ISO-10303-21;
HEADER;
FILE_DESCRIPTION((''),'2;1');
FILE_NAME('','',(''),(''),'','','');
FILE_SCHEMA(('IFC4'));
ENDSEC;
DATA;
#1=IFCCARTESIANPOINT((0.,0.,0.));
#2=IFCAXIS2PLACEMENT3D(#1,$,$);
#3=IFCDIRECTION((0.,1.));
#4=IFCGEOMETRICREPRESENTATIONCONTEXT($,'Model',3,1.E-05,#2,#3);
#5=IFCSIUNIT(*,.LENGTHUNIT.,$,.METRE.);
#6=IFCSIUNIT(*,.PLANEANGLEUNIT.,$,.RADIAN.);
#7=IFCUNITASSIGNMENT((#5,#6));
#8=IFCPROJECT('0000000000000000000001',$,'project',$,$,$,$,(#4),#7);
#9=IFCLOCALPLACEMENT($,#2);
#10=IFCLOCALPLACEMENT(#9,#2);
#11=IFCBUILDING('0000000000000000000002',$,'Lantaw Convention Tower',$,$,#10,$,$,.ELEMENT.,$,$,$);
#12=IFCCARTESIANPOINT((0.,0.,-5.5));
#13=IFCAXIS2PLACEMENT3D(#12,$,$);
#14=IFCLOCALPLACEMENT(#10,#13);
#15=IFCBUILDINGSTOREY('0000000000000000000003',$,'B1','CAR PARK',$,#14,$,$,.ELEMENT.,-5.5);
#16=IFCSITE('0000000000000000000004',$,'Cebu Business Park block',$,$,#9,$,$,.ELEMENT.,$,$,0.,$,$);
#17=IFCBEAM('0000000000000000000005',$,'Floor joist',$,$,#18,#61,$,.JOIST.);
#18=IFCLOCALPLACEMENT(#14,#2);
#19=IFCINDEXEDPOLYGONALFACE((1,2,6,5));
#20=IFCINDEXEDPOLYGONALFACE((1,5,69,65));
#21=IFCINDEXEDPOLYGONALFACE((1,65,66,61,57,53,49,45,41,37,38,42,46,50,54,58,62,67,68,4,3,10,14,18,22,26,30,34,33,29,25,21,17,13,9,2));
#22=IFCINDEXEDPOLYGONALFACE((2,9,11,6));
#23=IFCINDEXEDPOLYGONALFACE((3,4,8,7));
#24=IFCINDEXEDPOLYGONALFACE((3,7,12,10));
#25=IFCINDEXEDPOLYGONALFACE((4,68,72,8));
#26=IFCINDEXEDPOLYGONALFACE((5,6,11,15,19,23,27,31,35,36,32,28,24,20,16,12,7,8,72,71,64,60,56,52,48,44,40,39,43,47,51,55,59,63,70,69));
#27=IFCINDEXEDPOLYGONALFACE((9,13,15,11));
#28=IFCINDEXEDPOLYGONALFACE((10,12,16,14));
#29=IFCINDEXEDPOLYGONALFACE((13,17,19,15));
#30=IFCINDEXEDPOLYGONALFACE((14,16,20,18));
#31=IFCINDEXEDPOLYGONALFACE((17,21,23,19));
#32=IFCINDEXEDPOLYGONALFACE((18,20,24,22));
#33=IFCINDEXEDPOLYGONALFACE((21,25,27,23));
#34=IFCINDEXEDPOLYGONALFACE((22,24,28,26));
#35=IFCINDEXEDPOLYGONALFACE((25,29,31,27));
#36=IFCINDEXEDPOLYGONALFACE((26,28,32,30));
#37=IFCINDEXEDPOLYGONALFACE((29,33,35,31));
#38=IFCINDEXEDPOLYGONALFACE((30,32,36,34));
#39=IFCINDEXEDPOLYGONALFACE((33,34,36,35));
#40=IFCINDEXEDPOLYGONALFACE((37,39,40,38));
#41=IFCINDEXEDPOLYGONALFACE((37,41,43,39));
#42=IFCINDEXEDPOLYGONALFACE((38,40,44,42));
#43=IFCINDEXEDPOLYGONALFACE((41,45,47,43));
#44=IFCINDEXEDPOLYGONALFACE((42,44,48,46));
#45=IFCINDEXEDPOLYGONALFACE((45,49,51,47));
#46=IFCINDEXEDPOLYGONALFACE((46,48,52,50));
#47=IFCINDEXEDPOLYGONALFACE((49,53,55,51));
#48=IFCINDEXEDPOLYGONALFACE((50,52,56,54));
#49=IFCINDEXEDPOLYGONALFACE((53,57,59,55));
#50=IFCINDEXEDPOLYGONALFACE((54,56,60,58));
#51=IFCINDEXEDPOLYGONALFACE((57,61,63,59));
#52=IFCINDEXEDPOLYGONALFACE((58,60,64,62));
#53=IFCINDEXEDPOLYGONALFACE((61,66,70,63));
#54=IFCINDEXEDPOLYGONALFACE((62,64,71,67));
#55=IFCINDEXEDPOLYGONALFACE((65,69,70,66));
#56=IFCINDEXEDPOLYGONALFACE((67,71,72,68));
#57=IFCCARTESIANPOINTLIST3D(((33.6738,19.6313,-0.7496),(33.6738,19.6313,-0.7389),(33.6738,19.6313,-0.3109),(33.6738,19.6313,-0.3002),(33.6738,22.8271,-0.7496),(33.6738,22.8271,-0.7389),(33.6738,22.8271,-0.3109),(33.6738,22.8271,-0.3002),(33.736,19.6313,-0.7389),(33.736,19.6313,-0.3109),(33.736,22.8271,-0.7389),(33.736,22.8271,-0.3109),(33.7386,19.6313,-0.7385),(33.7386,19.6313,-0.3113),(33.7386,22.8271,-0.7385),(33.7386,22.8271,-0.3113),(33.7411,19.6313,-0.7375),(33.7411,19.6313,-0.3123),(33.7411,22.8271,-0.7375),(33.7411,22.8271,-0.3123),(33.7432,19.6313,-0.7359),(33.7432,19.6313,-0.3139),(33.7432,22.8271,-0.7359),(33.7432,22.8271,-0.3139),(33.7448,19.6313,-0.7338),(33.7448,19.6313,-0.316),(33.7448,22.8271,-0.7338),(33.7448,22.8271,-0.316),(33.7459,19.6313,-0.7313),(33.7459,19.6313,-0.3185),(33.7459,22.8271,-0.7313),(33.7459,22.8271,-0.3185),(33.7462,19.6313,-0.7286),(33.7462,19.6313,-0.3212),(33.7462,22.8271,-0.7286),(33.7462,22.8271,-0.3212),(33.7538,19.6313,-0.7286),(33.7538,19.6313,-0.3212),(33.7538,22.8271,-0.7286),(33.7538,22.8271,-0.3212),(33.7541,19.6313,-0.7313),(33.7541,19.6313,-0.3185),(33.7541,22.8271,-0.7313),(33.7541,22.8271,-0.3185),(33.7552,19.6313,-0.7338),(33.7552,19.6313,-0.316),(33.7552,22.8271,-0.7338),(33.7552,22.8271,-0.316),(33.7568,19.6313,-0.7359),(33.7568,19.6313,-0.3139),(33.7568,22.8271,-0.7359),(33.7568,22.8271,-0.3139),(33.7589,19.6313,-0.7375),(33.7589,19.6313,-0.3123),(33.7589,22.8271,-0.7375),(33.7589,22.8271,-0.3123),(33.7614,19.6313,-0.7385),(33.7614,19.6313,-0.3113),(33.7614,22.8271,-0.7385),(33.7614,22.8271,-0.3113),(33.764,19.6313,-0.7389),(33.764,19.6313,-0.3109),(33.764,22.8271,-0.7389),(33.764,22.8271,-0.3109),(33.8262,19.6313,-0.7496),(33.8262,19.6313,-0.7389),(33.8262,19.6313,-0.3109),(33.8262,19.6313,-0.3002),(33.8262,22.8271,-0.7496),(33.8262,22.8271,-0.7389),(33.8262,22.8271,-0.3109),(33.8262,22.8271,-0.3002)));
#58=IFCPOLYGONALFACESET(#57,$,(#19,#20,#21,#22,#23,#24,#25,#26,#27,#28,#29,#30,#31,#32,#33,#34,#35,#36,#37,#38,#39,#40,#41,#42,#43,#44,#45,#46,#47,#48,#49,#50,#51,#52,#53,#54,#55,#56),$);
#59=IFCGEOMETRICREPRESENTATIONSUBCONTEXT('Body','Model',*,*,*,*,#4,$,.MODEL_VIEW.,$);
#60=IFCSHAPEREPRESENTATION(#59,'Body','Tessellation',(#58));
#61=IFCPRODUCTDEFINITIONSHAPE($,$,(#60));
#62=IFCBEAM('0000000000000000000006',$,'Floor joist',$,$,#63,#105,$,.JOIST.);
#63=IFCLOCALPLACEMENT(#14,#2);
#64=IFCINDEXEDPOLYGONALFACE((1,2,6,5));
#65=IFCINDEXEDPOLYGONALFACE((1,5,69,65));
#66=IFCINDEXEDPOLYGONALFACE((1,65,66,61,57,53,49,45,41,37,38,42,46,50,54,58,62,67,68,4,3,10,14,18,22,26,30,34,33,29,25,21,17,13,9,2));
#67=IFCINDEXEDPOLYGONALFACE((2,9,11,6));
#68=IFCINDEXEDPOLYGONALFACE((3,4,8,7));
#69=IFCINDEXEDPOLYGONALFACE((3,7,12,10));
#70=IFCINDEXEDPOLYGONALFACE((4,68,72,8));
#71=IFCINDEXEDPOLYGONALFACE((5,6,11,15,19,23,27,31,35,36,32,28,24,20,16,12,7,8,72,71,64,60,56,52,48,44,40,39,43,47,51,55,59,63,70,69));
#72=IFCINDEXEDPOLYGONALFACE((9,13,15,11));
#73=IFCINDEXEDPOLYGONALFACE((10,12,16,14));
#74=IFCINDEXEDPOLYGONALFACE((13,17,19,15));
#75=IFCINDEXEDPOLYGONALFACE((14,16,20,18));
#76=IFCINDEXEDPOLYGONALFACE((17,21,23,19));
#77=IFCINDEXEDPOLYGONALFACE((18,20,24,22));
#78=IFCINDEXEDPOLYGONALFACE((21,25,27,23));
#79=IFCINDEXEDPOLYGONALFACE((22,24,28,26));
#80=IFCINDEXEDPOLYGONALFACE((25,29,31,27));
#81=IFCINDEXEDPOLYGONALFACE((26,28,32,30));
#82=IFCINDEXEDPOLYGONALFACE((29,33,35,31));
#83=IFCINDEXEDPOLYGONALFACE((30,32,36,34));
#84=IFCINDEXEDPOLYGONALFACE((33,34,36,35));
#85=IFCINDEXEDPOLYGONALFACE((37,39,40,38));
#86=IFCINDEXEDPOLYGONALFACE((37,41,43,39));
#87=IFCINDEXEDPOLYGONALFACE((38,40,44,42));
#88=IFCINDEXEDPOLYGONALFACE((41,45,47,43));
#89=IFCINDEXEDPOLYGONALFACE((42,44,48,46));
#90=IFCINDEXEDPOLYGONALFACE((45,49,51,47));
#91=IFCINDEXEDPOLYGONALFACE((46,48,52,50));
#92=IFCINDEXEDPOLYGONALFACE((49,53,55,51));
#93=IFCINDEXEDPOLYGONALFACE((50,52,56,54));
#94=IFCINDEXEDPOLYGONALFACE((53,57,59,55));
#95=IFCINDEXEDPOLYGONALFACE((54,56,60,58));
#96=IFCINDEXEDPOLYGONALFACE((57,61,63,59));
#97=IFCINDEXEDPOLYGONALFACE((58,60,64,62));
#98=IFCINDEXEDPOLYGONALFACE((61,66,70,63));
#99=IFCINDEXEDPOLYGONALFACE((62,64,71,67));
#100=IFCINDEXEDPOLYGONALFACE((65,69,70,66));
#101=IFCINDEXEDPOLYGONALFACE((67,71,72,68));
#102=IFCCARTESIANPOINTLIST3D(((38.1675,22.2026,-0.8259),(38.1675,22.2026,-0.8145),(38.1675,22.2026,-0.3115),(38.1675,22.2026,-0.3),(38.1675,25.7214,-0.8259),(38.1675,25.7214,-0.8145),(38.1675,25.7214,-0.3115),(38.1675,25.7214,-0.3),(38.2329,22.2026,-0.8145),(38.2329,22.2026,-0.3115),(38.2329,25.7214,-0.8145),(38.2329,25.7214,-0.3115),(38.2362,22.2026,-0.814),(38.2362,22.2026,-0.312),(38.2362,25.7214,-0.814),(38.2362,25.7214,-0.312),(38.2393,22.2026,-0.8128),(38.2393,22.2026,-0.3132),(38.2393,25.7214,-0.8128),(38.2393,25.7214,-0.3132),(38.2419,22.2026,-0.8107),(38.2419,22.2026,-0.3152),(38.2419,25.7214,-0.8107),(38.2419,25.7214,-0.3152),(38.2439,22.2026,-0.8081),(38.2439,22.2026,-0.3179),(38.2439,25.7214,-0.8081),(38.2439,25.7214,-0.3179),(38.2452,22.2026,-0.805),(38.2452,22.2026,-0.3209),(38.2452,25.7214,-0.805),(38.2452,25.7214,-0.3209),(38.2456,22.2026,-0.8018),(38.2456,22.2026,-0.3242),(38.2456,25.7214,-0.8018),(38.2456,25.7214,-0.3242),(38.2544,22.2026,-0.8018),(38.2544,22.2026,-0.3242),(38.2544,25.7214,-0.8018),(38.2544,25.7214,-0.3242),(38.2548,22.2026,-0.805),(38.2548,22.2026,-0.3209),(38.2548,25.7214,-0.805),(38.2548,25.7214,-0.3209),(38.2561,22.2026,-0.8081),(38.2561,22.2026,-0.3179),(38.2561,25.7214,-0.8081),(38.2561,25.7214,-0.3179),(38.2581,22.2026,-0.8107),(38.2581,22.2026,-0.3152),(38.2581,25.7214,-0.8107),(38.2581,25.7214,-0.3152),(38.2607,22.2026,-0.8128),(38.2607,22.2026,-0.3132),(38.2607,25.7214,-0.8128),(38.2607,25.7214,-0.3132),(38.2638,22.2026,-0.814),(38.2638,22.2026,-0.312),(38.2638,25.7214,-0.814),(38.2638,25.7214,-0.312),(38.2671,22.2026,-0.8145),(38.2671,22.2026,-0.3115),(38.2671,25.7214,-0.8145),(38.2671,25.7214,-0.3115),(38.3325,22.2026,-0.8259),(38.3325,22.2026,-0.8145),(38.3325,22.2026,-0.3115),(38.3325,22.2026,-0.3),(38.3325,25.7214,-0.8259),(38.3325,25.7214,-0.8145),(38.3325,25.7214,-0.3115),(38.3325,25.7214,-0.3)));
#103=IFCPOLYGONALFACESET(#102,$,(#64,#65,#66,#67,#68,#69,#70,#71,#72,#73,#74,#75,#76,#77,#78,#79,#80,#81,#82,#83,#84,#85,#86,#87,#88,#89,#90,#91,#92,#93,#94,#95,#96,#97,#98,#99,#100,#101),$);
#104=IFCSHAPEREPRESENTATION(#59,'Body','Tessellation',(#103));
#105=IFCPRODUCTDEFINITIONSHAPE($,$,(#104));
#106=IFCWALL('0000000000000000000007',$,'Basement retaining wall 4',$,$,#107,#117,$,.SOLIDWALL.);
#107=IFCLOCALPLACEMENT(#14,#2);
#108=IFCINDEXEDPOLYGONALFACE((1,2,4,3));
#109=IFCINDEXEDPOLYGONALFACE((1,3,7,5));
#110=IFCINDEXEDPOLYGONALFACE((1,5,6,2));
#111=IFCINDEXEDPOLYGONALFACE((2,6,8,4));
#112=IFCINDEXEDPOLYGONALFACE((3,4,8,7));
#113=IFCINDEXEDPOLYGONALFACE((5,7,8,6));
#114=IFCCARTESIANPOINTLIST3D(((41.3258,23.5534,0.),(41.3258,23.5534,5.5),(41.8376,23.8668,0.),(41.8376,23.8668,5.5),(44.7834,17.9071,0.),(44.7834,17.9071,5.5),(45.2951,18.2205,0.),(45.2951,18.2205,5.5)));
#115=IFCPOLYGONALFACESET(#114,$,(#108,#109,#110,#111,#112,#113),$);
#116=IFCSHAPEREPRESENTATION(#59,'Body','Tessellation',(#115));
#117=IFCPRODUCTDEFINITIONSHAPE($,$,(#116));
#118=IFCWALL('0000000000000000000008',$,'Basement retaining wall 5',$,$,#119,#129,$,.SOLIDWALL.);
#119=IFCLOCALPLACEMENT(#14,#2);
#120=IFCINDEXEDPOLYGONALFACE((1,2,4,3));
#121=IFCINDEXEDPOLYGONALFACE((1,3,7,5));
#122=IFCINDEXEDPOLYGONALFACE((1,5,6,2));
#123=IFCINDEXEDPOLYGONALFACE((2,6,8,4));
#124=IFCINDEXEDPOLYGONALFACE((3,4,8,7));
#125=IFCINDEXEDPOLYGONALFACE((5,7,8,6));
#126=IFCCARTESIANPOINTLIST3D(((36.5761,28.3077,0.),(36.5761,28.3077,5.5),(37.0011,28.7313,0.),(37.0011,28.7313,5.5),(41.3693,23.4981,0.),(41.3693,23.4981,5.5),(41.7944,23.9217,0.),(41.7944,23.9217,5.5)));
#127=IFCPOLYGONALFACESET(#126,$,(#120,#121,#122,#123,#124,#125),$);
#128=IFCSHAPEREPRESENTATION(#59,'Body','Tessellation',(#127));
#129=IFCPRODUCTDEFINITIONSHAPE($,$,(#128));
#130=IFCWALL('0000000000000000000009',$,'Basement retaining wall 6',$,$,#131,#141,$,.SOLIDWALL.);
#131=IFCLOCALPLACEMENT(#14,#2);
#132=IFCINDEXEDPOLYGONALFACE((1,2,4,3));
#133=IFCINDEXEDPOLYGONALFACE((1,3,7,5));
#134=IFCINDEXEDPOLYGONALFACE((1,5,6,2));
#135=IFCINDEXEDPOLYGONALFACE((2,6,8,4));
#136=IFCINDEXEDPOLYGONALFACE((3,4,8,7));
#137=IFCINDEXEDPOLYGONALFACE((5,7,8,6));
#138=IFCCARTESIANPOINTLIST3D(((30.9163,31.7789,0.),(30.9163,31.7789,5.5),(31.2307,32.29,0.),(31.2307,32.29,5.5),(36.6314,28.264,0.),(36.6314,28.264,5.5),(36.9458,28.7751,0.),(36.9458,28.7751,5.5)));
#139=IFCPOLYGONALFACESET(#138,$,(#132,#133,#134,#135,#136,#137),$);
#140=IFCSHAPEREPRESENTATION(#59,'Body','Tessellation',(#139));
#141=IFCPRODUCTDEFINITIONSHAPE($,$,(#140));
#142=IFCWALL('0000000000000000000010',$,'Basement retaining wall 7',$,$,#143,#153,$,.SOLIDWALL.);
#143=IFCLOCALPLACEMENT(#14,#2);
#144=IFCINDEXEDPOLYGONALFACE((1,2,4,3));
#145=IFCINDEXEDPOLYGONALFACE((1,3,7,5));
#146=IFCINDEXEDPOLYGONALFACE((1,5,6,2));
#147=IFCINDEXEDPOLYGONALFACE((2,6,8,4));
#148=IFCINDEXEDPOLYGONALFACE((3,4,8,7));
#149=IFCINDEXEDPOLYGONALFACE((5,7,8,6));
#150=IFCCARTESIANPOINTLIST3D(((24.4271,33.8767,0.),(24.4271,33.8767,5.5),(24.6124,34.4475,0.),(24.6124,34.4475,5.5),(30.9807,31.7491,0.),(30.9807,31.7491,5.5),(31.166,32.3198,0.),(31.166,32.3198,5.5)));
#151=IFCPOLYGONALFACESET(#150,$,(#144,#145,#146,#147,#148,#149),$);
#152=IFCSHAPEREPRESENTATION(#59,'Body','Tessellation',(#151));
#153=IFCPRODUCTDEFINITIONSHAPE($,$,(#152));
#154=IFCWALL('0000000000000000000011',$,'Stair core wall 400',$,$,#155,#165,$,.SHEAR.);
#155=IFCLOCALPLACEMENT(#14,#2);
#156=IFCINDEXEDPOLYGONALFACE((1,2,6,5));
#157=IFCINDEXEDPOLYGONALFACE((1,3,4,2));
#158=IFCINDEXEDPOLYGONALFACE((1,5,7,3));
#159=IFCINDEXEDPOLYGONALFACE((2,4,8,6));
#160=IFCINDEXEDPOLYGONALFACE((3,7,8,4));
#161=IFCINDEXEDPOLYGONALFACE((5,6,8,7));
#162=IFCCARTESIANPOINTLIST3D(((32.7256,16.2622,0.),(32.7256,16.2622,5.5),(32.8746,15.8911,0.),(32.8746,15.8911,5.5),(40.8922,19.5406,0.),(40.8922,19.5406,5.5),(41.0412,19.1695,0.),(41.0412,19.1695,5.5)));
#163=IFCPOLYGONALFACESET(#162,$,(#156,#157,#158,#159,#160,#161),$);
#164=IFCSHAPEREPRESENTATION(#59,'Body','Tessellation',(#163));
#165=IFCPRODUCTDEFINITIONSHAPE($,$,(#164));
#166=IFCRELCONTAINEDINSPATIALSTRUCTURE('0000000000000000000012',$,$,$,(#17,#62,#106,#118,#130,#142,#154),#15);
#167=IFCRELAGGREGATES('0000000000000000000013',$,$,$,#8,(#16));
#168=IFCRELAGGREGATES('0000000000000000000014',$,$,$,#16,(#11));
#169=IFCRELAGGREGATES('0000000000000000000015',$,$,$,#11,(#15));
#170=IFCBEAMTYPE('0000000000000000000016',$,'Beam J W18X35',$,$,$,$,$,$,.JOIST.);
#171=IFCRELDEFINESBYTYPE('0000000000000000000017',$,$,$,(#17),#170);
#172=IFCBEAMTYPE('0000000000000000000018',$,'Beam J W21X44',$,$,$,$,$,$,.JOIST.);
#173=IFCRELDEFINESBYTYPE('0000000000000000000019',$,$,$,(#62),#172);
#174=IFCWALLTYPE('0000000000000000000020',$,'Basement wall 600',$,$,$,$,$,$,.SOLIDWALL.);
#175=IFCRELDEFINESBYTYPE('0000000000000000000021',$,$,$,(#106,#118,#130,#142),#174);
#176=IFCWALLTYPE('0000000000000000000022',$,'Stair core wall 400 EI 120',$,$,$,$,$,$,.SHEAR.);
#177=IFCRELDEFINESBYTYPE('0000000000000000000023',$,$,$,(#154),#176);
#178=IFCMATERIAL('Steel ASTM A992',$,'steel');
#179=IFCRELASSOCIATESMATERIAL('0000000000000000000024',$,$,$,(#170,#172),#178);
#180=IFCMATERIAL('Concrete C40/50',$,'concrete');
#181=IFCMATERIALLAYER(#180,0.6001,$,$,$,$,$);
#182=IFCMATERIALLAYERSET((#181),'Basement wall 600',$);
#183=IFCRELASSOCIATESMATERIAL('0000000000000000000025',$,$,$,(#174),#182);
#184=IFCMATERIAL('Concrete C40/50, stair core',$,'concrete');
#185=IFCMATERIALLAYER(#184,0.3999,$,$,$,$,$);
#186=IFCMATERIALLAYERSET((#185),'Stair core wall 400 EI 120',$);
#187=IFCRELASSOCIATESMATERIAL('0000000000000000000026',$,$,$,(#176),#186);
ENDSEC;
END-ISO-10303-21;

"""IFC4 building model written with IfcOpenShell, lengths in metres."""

from ifc_helpers import new_model, si_unit, direction, frame, frame_2d, origin, origin_2d, place, context, subcontext, project, spatial, rectangle, i_section, extrude, material, layer, layer_set, material_profile, profile_set, type_object, element, save


model = new_model("IFC4")

# Units and contexts
model_context = context("Model", 3, precision=1e-05, world=origin(), true_north=direction((0.0, 1.0)))
body_context = subcontext(model_context, "Body", "Model", "MODEL_VIEW")
ifc_project = project(units=[si_unit("LENGTHUNIT", "METRE"), si_unit("PLANEANGLEUNIT", "RADIAN")], contexts=[model_context])

# Site, building, storey
site_placement = place(None, origin())
site = spatial("IfcSite", under=ifc_project, at=site_placement, Name="Cebu Business Park block", CompositionType="ELEMENT", RefElevation=0.0)
building_placement = place(site_placement, origin())
building = spatial("IfcBuilding", under=site, at=building_placement, Name="Lantaw Convention Tower", CompositionType="ELEMENT")
storey_placement = place(building_placement, frame((0.0, 0.0, -5.5)))
storey = spatial("IfcBuildingStorey", under=building, at=storey_placement, Name="B1", Description="CAR PARK", CompositionType="ELEMENT", Elevation=-5.5)

# Beams
ifc_material_1 = material(Name="Steel ASTM A992", Category="steel")
ifc_material_profile_1 = material_profile(ifc_material_1, i_section(OverallWidth=0.1523, OverallDepth=0.4495, WebThickness=0.0076, FlangeThickness=0.0107, FilletRadius=0.0103, at=origin_2d()), Name="W18X35")
ifc_profile_set_1 = profile_set([ifc_material_profile_1], Name="Steel ASTM A992")
beam_type_1 = type_object("IfcBeamType", Name="Beam J W18X35", PredefinedType="JOIST", material=ifc_profile_set_1)
beam_1_placement = place(storey_placement, frame((33.75, 19.6313, -0.5249), z_axis=(0.0, 1.0, 0.0), x_axis=(-1.0, 0.0, 0.0)))
element("IfcBeam", 1, at=beam_1_placement, inside=storey, type_object=beam_type_1, Name="Floor joist", PredefinedType="JOIST", context=body_context, shape_type="SweptSolid", body=[
    extrude(i_section(OverallWidth=0.1523, OverallDepth=0.4495, WebThickness=0.0076, FlangeThickness=0.0107, FilletRadius=0.0103, at=origin_2d()), origin(), (0.0, 0.0, 1.0), 3.1958),
])
ifc_material_profile_2 = material_profile(ifc_material_1, i_section(OverallWidth=0.165, OverallDepth=0.5259, WebThickness=0.0088, FlangeThickness=0.0115, FilletRadius=0.0127, at=origin_2d()), Name="W21X44")
ifc_profile_set_2 = profile_set([ifc_material_profile_2], Name="Steel ASTM A992")
beam_type_2 = type_object("IfcBeamType", Name="Beam J W21X44", PredefinedType="JOIST", material=ifc_profile_set_2)
beam_2_placement = place(storey_placement, frame((38.25, 22.2026, -0.563), z_axis=(0.0, 1.0, 0.0), x_axis=(-1.0, 0.0, 0.0)))
element("IfcBeam", 2, at=beam_2_placement, inside=storey, type_object=beam_type_2, Name="Floor joist", PredefinedType="JOIST", context=body_context, shape_type="SweptSolid", body=[
    extrude(i_section(OverallWidth=0.165, OverallDepth=0.5259, WebThickness=0.0088, FlangeThickness=0.0115, FilletRadius=0.0127, at=origin_2d()), origin(), (0.0, 0.0, 1.0), 3.5188),
])

# Walls
ifc_material_2 = material(Name="Concrete C40/50", Category="concrete")
ifc_layer_1 = layer(ifc_material_2, 0.6001)
ifc_layer_set_1 = layer_set([ifc_layer_1], Name="Basement wall 600")
wall_type_1 = type_object("IfcWallType", Name="Basement wall 600", PredefinedType="SOLIDWALL", material=ifc_layer_set_1)
wall_1_placement = place(storey_placement, frame((45.0393, 18.0637, 0.0), z_axis=(0.0, 0.0, 1.0), x_axis=(-0.522224, 0.852808, 0.0)))
element("IfcWall", 3, at=wall_1_placement, inside=storey, type_object=wall_type_1, Name="Basement retaining wall 4", PredefinedType="SOLIDWALL", context=body_context, shape_type="SweptSolid", body=[
    extrude(rectangle(XDim=6.6208, YDim=0.6001, at=frame_2d((3.3105, 0.0))), origin(), (0.0, 0.0, 1.0), 5.5),
])
wall_2_placement = place(storey_placement, frame((41.5818, 23.71, 0.0), z_axis=(0.0, 0.0, 1.0), x_axis=(-0.705901, 0.70831, 0.0)))
element("IfcWall", 4, at=wall_2_placement, inside=storey, type_object=wall_type_1, Name="Basement retaining wall 5", PredefinedType="SOLIDWALL", context=body_context, shape_type="SweptSolid", body=[
    extrude(rectangle(XDim=6.7903, YDim=0.6001, at=frame_2d((3.395, 0.0))), origin(), (0.0, 0.0, 1.0), 5.5),
])
wall_3_placement = place(storey_placement, frame((36.7886, 28.5195, 0.0), z_axis=(0.0, 0.0, 1.0), x_axis=(-0.851797, 0.523872, 0.0)))
element("IfcWall", 5, at=wall_3_placement, inside=storey, type_object=wall_type_1, Name="Basement retaining wall 6", PredefinedType="SOLIDWALL", context=body_context, shape_type="SweptSolid", body=[
    extrude(rectangle(XDim=6.7095, YDim=0.6001, at=frame_2d((3.3547, 0.0))), origin(), (0.0, 0.0, 1.0), 5.5),
])
wall_4_placement = place(storey_placement, frame((31.0735, 32.0344, 0.0), z_axis=(0.0, 0.0, 1.0), x_axis=(-0.951131, 0.308788, 0.0)))
element("IfcWall", 6, at=wall_4_placement, inside=storey, type_object=wall_type_1, Name="Basement retaining wall 7", PredefinedType="SOLIDWALL", context=body_context, shape_type="SweptSolid", body=[
    extrude(rectangle(XDim=6.8904, YDim=0.6001, at=frame_2d((3.4453, 0.0))), origin(), (0.0, 0.0, 1.0), 5.5),
])
ifc_material_3 = material(Name="Concrete C40/50, stair core", Category="concrete")
ifc_layer_2 = layer(ifc_material_3, 0.3999)
ifc_layer_set_2 = layer_set([ifc_layer_2], Name="Stair core wall 400 EI 120")
wall_type_2 = type_object("IfcWallType", Name="Stair core wall 400 EI 120", PredefinedType="SHEAR", material=ifc_layer_set_2)
wall_5_placement = place(storey_placement, frame((40.9666, 19.355, 0.0), z_axis=(0.0, 0.0, 1.0), x_axis=(-0.928017, -0.372538, 0.0)))
element("IfcWall", 7, at=wall_5_placement, inside=storey, type_object=wall_type_2, Name="Stair core wall 400", PredefinedType="SHEAR", context=body_context, shape_type="SweptSolid", body=[
    extrude(rectangle(XDim=8.8, YDim=0.3999, at=frame_2d((4.3999, 0.0))), origin(), (0.0, 0.0, 1.0), 5.5),
])

save(model, "model.ifc")
